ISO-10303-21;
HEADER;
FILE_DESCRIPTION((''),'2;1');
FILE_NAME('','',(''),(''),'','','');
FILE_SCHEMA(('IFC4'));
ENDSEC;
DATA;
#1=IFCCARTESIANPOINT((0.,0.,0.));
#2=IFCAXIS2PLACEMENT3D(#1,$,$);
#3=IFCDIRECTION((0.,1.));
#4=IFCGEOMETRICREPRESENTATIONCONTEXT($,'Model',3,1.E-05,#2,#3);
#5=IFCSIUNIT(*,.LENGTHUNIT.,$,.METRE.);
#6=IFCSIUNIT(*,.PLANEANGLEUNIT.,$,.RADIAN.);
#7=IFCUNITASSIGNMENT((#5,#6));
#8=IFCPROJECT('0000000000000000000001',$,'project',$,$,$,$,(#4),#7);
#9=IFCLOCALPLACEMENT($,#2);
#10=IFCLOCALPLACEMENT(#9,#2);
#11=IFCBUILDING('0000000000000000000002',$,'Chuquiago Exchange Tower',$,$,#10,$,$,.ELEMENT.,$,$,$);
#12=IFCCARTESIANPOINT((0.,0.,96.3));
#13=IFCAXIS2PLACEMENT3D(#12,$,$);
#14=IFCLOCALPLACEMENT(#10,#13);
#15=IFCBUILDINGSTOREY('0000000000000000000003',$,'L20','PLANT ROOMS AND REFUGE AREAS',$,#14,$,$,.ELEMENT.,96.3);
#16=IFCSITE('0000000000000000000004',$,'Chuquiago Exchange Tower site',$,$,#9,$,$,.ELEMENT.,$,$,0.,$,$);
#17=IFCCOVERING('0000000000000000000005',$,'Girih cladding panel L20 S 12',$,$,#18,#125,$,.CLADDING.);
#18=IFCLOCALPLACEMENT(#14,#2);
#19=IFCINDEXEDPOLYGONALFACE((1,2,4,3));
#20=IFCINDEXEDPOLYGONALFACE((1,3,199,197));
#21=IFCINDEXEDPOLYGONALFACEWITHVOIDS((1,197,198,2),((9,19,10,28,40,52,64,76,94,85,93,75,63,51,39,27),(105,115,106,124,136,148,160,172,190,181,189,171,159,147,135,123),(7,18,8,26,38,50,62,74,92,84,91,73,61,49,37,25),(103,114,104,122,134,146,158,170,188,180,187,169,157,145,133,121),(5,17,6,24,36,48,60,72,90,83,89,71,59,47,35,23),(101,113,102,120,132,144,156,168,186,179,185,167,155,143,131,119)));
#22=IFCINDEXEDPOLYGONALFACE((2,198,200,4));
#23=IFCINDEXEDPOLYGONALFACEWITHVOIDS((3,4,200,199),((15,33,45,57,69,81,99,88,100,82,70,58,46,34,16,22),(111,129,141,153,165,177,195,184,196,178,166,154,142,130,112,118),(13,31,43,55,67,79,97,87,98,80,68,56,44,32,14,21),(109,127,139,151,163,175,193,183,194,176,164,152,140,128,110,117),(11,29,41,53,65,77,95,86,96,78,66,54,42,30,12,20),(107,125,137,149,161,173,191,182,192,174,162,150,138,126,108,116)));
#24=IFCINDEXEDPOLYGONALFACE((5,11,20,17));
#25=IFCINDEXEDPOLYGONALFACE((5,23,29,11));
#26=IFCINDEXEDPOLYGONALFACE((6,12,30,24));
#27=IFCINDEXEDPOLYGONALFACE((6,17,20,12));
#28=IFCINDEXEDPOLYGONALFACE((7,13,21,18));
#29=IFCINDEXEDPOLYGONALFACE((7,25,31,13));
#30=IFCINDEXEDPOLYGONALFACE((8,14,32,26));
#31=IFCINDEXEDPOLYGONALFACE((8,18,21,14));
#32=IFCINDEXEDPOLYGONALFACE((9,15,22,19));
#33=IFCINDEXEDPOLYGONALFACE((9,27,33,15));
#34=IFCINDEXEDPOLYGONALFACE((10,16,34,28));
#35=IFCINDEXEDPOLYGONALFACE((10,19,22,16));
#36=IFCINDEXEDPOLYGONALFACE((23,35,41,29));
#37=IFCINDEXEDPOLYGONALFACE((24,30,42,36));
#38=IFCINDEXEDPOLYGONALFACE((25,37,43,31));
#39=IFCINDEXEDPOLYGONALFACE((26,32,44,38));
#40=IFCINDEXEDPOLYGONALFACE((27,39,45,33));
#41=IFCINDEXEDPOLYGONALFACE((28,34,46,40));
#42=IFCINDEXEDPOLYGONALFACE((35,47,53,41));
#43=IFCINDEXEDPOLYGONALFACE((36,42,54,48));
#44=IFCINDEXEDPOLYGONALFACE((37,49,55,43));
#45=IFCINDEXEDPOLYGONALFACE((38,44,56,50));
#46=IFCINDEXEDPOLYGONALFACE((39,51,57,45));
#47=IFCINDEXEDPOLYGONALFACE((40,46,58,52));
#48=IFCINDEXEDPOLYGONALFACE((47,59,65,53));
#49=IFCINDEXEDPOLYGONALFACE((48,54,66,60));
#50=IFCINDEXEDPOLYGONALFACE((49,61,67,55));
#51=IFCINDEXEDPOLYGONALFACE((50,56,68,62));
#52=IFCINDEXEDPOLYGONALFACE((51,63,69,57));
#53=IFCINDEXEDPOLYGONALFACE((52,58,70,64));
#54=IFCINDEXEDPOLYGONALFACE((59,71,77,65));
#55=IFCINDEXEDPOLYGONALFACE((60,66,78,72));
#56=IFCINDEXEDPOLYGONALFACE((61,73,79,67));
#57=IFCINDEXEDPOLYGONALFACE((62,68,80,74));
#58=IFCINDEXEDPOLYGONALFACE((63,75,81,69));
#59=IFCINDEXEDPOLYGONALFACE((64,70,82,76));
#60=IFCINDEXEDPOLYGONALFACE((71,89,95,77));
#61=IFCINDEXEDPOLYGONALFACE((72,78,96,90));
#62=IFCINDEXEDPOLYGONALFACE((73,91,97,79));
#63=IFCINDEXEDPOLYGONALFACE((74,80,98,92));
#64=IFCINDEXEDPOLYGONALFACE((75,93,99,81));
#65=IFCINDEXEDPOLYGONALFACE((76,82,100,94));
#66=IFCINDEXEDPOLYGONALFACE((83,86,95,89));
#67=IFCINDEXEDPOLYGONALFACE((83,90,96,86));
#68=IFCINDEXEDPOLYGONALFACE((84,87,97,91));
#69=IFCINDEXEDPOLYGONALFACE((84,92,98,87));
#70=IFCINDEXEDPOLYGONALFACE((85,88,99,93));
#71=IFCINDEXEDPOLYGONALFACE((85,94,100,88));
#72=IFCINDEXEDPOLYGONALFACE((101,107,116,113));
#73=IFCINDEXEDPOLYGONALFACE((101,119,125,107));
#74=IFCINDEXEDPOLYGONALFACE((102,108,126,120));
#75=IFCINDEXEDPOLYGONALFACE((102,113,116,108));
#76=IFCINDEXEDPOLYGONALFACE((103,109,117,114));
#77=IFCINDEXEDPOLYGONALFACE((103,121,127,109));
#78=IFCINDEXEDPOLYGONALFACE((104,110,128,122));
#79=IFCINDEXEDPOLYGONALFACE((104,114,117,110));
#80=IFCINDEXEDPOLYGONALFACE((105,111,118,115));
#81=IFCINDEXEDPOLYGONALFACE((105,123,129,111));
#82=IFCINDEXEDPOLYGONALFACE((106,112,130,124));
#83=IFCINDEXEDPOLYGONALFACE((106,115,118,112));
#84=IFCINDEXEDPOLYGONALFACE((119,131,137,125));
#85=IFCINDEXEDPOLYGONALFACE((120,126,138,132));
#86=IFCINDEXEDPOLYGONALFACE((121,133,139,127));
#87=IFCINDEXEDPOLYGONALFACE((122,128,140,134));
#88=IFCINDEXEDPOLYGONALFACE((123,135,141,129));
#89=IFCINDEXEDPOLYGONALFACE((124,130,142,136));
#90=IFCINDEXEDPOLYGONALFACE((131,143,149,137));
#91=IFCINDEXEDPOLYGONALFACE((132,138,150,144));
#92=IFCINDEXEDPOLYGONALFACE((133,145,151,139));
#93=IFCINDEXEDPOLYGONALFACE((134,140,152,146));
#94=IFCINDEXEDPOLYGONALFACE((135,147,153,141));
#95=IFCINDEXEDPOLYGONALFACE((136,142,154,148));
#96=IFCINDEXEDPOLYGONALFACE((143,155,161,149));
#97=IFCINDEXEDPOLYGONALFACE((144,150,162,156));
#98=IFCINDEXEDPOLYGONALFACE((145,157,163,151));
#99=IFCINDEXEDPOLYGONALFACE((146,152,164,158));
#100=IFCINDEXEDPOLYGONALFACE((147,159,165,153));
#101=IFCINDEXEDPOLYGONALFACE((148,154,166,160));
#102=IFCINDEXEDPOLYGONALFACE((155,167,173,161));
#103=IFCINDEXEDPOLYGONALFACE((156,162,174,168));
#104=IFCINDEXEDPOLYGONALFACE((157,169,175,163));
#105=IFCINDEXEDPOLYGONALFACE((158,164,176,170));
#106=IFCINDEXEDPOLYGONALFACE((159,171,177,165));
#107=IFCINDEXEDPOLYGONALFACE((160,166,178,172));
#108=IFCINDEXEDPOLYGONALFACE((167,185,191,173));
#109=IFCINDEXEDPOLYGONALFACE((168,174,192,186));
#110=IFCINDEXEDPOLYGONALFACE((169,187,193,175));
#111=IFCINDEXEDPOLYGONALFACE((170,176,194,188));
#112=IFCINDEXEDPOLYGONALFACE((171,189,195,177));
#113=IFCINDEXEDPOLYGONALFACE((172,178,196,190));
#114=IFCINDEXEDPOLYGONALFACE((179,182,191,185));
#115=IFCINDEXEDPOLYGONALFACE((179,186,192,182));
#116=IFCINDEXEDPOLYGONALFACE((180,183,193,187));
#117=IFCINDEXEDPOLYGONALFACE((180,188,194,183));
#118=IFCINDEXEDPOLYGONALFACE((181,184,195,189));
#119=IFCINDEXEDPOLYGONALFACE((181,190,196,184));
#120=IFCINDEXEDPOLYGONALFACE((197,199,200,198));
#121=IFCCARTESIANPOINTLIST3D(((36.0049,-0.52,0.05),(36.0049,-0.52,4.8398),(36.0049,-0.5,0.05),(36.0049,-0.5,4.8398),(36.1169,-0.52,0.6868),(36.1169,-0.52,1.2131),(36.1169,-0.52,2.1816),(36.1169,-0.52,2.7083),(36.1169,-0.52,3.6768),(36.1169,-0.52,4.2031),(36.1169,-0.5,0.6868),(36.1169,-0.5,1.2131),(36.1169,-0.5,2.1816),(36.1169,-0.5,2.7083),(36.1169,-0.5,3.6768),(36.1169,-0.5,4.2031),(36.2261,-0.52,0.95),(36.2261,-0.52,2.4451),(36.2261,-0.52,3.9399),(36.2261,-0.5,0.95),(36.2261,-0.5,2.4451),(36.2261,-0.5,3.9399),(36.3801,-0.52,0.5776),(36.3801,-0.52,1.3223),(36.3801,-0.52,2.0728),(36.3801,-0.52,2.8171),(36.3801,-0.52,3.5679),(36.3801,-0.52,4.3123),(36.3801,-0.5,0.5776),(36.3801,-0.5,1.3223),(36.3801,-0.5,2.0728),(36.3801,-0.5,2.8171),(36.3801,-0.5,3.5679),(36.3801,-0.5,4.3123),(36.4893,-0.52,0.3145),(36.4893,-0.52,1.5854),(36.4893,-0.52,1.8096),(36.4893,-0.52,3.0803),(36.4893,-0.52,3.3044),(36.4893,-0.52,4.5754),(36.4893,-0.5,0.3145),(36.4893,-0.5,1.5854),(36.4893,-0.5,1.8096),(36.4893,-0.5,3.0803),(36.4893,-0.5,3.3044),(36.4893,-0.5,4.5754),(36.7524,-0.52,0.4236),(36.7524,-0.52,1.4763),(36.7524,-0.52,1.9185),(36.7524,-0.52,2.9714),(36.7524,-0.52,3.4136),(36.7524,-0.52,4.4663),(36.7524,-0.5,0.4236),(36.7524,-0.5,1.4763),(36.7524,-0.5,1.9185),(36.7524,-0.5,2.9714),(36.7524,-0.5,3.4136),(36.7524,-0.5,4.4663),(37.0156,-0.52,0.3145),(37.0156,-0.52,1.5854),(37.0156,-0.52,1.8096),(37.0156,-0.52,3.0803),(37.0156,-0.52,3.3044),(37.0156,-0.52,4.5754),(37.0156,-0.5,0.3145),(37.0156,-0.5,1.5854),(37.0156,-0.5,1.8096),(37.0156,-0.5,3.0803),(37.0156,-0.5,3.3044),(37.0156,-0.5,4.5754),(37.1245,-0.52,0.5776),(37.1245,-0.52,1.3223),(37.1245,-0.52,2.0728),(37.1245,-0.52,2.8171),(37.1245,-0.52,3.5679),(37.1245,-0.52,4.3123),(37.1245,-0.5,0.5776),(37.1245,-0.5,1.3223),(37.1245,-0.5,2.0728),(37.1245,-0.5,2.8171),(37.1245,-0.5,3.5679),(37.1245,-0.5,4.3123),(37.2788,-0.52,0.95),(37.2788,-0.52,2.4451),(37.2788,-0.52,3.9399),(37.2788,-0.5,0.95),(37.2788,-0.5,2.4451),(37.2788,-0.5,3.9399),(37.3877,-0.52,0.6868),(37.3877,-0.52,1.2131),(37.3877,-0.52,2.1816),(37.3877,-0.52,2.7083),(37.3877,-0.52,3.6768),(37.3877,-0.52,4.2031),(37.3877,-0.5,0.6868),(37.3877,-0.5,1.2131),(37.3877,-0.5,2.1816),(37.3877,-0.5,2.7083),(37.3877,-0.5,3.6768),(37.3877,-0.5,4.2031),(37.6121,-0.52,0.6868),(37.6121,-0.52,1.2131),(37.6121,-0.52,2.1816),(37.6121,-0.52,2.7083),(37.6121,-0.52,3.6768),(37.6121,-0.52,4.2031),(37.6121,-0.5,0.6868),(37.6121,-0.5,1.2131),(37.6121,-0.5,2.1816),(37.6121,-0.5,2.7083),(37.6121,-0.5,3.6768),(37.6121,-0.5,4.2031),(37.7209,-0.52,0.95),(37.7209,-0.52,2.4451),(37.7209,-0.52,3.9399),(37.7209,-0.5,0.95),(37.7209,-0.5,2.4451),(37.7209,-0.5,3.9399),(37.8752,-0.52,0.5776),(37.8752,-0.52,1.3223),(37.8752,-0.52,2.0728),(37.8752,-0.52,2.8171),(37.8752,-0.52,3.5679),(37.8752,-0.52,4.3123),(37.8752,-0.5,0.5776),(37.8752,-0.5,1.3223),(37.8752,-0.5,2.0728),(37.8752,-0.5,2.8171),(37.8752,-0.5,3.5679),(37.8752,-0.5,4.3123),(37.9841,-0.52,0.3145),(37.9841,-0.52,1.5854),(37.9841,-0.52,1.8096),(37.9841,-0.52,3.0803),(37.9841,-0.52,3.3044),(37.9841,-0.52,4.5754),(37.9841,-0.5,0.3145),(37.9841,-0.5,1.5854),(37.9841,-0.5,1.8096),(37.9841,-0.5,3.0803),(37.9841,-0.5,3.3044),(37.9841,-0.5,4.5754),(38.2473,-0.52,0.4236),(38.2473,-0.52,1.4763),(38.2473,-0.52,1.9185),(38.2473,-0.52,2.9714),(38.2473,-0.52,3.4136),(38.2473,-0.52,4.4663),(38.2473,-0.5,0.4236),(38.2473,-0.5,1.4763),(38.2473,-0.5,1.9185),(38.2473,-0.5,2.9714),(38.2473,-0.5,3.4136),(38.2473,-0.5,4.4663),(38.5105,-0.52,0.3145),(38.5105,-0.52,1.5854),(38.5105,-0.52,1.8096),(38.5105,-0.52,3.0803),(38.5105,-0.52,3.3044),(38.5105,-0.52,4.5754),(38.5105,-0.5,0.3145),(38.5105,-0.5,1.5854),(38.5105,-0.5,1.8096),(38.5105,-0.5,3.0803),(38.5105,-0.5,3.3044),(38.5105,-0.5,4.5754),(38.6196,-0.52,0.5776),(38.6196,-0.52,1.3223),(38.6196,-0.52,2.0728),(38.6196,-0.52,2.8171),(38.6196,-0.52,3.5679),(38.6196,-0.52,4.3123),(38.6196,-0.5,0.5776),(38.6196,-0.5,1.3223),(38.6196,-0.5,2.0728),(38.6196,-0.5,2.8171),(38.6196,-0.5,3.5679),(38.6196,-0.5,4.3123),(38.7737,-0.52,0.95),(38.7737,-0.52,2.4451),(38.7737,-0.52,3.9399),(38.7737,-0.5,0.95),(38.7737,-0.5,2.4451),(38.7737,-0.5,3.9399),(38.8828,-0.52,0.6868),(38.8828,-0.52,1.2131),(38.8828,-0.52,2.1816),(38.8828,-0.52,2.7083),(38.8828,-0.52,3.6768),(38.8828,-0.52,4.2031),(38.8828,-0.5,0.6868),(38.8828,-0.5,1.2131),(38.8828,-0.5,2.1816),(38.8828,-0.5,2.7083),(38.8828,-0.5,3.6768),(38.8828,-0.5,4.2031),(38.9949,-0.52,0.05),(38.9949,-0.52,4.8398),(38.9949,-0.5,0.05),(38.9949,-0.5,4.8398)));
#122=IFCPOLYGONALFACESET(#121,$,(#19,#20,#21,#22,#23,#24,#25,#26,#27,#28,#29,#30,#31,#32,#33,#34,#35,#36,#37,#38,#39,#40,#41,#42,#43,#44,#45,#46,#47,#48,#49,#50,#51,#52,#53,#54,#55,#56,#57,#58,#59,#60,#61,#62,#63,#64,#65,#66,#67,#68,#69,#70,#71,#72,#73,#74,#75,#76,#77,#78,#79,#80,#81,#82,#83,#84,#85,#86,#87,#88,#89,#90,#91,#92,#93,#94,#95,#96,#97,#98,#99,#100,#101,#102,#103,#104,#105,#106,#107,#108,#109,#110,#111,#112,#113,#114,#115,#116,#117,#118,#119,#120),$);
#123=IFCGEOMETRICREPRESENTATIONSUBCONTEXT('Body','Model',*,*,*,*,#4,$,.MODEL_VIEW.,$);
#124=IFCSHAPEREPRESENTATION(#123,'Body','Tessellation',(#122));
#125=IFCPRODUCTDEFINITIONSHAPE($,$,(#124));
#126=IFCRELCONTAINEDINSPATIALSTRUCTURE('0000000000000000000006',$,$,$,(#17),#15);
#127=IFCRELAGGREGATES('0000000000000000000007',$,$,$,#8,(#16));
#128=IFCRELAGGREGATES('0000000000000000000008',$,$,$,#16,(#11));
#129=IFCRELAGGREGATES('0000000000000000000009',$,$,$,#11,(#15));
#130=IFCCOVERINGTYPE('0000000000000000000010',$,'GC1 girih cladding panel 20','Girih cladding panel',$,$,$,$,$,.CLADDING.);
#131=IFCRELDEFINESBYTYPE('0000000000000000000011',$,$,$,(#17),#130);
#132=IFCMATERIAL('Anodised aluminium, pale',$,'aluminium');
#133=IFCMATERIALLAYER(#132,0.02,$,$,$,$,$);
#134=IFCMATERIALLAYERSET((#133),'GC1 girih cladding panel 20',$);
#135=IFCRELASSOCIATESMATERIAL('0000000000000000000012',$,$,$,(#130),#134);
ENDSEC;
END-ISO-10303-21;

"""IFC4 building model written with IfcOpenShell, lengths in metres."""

from ifc_helpers import new_model, si_unit, direction, frame, origin, place, context, subcontext, project, spatial, polyline, outline, extrude, material, layer, layer_set, type_object, element, save


model = new_model("IFC4")

# Units and contexts
model_context = context("Model", 3, precision=1e-05, world=origin(), true_north=direction((0.0, 1.0)))
body_context = subcontext(model_context, "Body", "Model", "MODEL_VIEW")
ifc_project = project(units=[si_unit("LENGTHUNIT", "METRE"), si_unit("PLANEANGLEUNIT", "RADIAN")], contexts=[model_context])

# Site, building, storey
site_placement = place(None, origin())
site = spatial("IfcSite", under=ifc_project, at=site_placement, Name="Chuquiago Exchange Tower site", CompositionType="ELEMENT", RefElevation=0.0)
building_placement = place(site_placement, origin())
building = spatial("IfcBuilding", under=site, at=building_placement, Name="Chuquiago Exchange Tower", CompositionType="ELEMENT")
storey_placement = place(building_placement, frame((0.0, 0.0, 96.3)))
storey = spatial("IfcBuildingStorey", under=building, at=storey_placement, Name="L20", Description="PLANT ROOMS AND REFUGE AREAS", CompositionType="ELEMENT", Elevation=96.3)

# Covering
ifc_material_1 = material(Name="Anodised aluminium, pale", Category="aluminium")
ifc_layer_1 = layer(ifc_material_1, 0.02)
ifc_layer_set_1 = layer_set([ifc_layer_1], Name="GC1 girih cladding panel 20")
covering_type_1 = type_object("IfcCoveringType", Name="GC1 girih cladding panel 20", Description="Girih cladding panel", PredefinedType="CLADDING", material=ifc_layer_set_1)
covering_1_placement = place(storey_placement, frame((36.0049, -0.5, 0.05), z_axis=(0.0, 0.0, 1.0), x_axis=(1.0, 0.0, 0.0)))
element("IfcCovering", 1, at=covering_1_placement, inside=storey, type_object=covering_type_1, Name="Girih cladding panel L20 S 12", PredefinedType="CLADDING", context=body_context, shape_type="SweptSolid", body=[
    extrude(outline(polyline([(0.0, 0.0), (2.99, 0.0), (2.99, 4.7898), (0.0, 4.7898), (0.0, 0.0)]), holes=[polyline([(1.2739, 0.8999), (1.3828, 1.1631), (1.1196, 1.2722), (1.0107, 1.5354), (0.7476, 1.4263), (0.4844, 1.5354), (0.3752, 1.2722), (0.1121, 1.1631), (0.2212, 0.8999), (0.1121, 0.6367), (0.3752, 0.5276), (0.4844, 0.2644), (0.7476, 0.3735), (1.0107, 0.2644), (1.1196, 0.5276), (1.3828, 0.6367), (1.2739, 0.8999)]), polyline([(2.7688, 0.8999), (2.8779, 1.1631), (2.6147, 1.2722), (2.5056, 1.5354), (2.2424, 1.4263), (1.9792, 1.5354), (1.8704, 1.2722), (1.6072, 1.1631), (1.7161, 0.8999), (1.6072, 0.6367), (1.8704, 0.5276), (1.9792, 0.2644), (2.2424, 0.3735), (2.5056, 0.2644), (2.6147, 0.5276), (2.8779, 0.6367), (2.7688, 0.8999)]), polyline([(1.2739, 2.395), (1.3828, 2.6582), (1.1196, 2.7671), (1.0107, 3.0303), (0.7476, 2.9214), (0.4844, 3.0303), (0.3752, 2.7671), (0.1121, 2.6582), (0.2212, 2.395), (0.1121, 2.1316), (0.3752, 2.0227), (0.4844, 1.7595), (0.7476, 1.8684), (1.0107, 1.7595), (1.1196, 2.0227), (1.3828, 2.1316), (1.2739, 2.395)]), polyline([(2.7688, 2.395), (2.8779, 2.6582), (2.6147, 2.7671), (2.5056, 3.0303), (2.2424, 2.9214), (1.9792, 3.0303), (1.8704, 2.7671), (1.6072, 2.6582), (1.7161, 2.395), (1.6072, 2.1316), (1.8704, 2.0227), (1.9792, 1.7595), (2.2424, 1.8684), (2.5056, 1.7595), (2.6147, 2.0227), (2.8779, 2.1316), (2.7688, 2.395)]), polyline([(1.2739, 3.8899), (1.3828, 4.1531), (1.1196, 4.2622), (1.0107, 4.5254), (0.7476, 4.4163), (0.4844, 4.5254), (0.3752, 4.2622), (0.1121, 4.1531), (0.2212, 3.8899), (0.1121, 3.6267), (0.3752, 3.5178), (0.4844, 3.2544), (0.7476, 3.3635), (1.0107, 3.2544), (1.1196, 3.5178), (1.3828, 3.6267), (1.2739, 3.8899)]), polyline([(2.7688, 3.8899), (2.8779, 4.1531), (2.6147, 4.2622), (2.5056, 4.5254), (2.2424, 4.4163), (1.9792, 4.5254), (1.8704, 4.2622), (1.6072, 4.1531), (1.7161, 3.8899), (1.6072, 3.6267), (1.8704, 3.5178), (1.9792, 3.2544), (2.2424, 3.3635), (2.5056, 3.2544), (2.6147, 3.5178), (2.8779, 3.6267), (2.7688, 3.8899)])]), frame((0.0, 0.0, 0.0), z_axis=(0.0, -1.0, 0.0), x_axis=(1.0, 0.0, 0.0)), (0.0, 0.0, 1.0), 0.02),
])

save(model, "model.ifc")
